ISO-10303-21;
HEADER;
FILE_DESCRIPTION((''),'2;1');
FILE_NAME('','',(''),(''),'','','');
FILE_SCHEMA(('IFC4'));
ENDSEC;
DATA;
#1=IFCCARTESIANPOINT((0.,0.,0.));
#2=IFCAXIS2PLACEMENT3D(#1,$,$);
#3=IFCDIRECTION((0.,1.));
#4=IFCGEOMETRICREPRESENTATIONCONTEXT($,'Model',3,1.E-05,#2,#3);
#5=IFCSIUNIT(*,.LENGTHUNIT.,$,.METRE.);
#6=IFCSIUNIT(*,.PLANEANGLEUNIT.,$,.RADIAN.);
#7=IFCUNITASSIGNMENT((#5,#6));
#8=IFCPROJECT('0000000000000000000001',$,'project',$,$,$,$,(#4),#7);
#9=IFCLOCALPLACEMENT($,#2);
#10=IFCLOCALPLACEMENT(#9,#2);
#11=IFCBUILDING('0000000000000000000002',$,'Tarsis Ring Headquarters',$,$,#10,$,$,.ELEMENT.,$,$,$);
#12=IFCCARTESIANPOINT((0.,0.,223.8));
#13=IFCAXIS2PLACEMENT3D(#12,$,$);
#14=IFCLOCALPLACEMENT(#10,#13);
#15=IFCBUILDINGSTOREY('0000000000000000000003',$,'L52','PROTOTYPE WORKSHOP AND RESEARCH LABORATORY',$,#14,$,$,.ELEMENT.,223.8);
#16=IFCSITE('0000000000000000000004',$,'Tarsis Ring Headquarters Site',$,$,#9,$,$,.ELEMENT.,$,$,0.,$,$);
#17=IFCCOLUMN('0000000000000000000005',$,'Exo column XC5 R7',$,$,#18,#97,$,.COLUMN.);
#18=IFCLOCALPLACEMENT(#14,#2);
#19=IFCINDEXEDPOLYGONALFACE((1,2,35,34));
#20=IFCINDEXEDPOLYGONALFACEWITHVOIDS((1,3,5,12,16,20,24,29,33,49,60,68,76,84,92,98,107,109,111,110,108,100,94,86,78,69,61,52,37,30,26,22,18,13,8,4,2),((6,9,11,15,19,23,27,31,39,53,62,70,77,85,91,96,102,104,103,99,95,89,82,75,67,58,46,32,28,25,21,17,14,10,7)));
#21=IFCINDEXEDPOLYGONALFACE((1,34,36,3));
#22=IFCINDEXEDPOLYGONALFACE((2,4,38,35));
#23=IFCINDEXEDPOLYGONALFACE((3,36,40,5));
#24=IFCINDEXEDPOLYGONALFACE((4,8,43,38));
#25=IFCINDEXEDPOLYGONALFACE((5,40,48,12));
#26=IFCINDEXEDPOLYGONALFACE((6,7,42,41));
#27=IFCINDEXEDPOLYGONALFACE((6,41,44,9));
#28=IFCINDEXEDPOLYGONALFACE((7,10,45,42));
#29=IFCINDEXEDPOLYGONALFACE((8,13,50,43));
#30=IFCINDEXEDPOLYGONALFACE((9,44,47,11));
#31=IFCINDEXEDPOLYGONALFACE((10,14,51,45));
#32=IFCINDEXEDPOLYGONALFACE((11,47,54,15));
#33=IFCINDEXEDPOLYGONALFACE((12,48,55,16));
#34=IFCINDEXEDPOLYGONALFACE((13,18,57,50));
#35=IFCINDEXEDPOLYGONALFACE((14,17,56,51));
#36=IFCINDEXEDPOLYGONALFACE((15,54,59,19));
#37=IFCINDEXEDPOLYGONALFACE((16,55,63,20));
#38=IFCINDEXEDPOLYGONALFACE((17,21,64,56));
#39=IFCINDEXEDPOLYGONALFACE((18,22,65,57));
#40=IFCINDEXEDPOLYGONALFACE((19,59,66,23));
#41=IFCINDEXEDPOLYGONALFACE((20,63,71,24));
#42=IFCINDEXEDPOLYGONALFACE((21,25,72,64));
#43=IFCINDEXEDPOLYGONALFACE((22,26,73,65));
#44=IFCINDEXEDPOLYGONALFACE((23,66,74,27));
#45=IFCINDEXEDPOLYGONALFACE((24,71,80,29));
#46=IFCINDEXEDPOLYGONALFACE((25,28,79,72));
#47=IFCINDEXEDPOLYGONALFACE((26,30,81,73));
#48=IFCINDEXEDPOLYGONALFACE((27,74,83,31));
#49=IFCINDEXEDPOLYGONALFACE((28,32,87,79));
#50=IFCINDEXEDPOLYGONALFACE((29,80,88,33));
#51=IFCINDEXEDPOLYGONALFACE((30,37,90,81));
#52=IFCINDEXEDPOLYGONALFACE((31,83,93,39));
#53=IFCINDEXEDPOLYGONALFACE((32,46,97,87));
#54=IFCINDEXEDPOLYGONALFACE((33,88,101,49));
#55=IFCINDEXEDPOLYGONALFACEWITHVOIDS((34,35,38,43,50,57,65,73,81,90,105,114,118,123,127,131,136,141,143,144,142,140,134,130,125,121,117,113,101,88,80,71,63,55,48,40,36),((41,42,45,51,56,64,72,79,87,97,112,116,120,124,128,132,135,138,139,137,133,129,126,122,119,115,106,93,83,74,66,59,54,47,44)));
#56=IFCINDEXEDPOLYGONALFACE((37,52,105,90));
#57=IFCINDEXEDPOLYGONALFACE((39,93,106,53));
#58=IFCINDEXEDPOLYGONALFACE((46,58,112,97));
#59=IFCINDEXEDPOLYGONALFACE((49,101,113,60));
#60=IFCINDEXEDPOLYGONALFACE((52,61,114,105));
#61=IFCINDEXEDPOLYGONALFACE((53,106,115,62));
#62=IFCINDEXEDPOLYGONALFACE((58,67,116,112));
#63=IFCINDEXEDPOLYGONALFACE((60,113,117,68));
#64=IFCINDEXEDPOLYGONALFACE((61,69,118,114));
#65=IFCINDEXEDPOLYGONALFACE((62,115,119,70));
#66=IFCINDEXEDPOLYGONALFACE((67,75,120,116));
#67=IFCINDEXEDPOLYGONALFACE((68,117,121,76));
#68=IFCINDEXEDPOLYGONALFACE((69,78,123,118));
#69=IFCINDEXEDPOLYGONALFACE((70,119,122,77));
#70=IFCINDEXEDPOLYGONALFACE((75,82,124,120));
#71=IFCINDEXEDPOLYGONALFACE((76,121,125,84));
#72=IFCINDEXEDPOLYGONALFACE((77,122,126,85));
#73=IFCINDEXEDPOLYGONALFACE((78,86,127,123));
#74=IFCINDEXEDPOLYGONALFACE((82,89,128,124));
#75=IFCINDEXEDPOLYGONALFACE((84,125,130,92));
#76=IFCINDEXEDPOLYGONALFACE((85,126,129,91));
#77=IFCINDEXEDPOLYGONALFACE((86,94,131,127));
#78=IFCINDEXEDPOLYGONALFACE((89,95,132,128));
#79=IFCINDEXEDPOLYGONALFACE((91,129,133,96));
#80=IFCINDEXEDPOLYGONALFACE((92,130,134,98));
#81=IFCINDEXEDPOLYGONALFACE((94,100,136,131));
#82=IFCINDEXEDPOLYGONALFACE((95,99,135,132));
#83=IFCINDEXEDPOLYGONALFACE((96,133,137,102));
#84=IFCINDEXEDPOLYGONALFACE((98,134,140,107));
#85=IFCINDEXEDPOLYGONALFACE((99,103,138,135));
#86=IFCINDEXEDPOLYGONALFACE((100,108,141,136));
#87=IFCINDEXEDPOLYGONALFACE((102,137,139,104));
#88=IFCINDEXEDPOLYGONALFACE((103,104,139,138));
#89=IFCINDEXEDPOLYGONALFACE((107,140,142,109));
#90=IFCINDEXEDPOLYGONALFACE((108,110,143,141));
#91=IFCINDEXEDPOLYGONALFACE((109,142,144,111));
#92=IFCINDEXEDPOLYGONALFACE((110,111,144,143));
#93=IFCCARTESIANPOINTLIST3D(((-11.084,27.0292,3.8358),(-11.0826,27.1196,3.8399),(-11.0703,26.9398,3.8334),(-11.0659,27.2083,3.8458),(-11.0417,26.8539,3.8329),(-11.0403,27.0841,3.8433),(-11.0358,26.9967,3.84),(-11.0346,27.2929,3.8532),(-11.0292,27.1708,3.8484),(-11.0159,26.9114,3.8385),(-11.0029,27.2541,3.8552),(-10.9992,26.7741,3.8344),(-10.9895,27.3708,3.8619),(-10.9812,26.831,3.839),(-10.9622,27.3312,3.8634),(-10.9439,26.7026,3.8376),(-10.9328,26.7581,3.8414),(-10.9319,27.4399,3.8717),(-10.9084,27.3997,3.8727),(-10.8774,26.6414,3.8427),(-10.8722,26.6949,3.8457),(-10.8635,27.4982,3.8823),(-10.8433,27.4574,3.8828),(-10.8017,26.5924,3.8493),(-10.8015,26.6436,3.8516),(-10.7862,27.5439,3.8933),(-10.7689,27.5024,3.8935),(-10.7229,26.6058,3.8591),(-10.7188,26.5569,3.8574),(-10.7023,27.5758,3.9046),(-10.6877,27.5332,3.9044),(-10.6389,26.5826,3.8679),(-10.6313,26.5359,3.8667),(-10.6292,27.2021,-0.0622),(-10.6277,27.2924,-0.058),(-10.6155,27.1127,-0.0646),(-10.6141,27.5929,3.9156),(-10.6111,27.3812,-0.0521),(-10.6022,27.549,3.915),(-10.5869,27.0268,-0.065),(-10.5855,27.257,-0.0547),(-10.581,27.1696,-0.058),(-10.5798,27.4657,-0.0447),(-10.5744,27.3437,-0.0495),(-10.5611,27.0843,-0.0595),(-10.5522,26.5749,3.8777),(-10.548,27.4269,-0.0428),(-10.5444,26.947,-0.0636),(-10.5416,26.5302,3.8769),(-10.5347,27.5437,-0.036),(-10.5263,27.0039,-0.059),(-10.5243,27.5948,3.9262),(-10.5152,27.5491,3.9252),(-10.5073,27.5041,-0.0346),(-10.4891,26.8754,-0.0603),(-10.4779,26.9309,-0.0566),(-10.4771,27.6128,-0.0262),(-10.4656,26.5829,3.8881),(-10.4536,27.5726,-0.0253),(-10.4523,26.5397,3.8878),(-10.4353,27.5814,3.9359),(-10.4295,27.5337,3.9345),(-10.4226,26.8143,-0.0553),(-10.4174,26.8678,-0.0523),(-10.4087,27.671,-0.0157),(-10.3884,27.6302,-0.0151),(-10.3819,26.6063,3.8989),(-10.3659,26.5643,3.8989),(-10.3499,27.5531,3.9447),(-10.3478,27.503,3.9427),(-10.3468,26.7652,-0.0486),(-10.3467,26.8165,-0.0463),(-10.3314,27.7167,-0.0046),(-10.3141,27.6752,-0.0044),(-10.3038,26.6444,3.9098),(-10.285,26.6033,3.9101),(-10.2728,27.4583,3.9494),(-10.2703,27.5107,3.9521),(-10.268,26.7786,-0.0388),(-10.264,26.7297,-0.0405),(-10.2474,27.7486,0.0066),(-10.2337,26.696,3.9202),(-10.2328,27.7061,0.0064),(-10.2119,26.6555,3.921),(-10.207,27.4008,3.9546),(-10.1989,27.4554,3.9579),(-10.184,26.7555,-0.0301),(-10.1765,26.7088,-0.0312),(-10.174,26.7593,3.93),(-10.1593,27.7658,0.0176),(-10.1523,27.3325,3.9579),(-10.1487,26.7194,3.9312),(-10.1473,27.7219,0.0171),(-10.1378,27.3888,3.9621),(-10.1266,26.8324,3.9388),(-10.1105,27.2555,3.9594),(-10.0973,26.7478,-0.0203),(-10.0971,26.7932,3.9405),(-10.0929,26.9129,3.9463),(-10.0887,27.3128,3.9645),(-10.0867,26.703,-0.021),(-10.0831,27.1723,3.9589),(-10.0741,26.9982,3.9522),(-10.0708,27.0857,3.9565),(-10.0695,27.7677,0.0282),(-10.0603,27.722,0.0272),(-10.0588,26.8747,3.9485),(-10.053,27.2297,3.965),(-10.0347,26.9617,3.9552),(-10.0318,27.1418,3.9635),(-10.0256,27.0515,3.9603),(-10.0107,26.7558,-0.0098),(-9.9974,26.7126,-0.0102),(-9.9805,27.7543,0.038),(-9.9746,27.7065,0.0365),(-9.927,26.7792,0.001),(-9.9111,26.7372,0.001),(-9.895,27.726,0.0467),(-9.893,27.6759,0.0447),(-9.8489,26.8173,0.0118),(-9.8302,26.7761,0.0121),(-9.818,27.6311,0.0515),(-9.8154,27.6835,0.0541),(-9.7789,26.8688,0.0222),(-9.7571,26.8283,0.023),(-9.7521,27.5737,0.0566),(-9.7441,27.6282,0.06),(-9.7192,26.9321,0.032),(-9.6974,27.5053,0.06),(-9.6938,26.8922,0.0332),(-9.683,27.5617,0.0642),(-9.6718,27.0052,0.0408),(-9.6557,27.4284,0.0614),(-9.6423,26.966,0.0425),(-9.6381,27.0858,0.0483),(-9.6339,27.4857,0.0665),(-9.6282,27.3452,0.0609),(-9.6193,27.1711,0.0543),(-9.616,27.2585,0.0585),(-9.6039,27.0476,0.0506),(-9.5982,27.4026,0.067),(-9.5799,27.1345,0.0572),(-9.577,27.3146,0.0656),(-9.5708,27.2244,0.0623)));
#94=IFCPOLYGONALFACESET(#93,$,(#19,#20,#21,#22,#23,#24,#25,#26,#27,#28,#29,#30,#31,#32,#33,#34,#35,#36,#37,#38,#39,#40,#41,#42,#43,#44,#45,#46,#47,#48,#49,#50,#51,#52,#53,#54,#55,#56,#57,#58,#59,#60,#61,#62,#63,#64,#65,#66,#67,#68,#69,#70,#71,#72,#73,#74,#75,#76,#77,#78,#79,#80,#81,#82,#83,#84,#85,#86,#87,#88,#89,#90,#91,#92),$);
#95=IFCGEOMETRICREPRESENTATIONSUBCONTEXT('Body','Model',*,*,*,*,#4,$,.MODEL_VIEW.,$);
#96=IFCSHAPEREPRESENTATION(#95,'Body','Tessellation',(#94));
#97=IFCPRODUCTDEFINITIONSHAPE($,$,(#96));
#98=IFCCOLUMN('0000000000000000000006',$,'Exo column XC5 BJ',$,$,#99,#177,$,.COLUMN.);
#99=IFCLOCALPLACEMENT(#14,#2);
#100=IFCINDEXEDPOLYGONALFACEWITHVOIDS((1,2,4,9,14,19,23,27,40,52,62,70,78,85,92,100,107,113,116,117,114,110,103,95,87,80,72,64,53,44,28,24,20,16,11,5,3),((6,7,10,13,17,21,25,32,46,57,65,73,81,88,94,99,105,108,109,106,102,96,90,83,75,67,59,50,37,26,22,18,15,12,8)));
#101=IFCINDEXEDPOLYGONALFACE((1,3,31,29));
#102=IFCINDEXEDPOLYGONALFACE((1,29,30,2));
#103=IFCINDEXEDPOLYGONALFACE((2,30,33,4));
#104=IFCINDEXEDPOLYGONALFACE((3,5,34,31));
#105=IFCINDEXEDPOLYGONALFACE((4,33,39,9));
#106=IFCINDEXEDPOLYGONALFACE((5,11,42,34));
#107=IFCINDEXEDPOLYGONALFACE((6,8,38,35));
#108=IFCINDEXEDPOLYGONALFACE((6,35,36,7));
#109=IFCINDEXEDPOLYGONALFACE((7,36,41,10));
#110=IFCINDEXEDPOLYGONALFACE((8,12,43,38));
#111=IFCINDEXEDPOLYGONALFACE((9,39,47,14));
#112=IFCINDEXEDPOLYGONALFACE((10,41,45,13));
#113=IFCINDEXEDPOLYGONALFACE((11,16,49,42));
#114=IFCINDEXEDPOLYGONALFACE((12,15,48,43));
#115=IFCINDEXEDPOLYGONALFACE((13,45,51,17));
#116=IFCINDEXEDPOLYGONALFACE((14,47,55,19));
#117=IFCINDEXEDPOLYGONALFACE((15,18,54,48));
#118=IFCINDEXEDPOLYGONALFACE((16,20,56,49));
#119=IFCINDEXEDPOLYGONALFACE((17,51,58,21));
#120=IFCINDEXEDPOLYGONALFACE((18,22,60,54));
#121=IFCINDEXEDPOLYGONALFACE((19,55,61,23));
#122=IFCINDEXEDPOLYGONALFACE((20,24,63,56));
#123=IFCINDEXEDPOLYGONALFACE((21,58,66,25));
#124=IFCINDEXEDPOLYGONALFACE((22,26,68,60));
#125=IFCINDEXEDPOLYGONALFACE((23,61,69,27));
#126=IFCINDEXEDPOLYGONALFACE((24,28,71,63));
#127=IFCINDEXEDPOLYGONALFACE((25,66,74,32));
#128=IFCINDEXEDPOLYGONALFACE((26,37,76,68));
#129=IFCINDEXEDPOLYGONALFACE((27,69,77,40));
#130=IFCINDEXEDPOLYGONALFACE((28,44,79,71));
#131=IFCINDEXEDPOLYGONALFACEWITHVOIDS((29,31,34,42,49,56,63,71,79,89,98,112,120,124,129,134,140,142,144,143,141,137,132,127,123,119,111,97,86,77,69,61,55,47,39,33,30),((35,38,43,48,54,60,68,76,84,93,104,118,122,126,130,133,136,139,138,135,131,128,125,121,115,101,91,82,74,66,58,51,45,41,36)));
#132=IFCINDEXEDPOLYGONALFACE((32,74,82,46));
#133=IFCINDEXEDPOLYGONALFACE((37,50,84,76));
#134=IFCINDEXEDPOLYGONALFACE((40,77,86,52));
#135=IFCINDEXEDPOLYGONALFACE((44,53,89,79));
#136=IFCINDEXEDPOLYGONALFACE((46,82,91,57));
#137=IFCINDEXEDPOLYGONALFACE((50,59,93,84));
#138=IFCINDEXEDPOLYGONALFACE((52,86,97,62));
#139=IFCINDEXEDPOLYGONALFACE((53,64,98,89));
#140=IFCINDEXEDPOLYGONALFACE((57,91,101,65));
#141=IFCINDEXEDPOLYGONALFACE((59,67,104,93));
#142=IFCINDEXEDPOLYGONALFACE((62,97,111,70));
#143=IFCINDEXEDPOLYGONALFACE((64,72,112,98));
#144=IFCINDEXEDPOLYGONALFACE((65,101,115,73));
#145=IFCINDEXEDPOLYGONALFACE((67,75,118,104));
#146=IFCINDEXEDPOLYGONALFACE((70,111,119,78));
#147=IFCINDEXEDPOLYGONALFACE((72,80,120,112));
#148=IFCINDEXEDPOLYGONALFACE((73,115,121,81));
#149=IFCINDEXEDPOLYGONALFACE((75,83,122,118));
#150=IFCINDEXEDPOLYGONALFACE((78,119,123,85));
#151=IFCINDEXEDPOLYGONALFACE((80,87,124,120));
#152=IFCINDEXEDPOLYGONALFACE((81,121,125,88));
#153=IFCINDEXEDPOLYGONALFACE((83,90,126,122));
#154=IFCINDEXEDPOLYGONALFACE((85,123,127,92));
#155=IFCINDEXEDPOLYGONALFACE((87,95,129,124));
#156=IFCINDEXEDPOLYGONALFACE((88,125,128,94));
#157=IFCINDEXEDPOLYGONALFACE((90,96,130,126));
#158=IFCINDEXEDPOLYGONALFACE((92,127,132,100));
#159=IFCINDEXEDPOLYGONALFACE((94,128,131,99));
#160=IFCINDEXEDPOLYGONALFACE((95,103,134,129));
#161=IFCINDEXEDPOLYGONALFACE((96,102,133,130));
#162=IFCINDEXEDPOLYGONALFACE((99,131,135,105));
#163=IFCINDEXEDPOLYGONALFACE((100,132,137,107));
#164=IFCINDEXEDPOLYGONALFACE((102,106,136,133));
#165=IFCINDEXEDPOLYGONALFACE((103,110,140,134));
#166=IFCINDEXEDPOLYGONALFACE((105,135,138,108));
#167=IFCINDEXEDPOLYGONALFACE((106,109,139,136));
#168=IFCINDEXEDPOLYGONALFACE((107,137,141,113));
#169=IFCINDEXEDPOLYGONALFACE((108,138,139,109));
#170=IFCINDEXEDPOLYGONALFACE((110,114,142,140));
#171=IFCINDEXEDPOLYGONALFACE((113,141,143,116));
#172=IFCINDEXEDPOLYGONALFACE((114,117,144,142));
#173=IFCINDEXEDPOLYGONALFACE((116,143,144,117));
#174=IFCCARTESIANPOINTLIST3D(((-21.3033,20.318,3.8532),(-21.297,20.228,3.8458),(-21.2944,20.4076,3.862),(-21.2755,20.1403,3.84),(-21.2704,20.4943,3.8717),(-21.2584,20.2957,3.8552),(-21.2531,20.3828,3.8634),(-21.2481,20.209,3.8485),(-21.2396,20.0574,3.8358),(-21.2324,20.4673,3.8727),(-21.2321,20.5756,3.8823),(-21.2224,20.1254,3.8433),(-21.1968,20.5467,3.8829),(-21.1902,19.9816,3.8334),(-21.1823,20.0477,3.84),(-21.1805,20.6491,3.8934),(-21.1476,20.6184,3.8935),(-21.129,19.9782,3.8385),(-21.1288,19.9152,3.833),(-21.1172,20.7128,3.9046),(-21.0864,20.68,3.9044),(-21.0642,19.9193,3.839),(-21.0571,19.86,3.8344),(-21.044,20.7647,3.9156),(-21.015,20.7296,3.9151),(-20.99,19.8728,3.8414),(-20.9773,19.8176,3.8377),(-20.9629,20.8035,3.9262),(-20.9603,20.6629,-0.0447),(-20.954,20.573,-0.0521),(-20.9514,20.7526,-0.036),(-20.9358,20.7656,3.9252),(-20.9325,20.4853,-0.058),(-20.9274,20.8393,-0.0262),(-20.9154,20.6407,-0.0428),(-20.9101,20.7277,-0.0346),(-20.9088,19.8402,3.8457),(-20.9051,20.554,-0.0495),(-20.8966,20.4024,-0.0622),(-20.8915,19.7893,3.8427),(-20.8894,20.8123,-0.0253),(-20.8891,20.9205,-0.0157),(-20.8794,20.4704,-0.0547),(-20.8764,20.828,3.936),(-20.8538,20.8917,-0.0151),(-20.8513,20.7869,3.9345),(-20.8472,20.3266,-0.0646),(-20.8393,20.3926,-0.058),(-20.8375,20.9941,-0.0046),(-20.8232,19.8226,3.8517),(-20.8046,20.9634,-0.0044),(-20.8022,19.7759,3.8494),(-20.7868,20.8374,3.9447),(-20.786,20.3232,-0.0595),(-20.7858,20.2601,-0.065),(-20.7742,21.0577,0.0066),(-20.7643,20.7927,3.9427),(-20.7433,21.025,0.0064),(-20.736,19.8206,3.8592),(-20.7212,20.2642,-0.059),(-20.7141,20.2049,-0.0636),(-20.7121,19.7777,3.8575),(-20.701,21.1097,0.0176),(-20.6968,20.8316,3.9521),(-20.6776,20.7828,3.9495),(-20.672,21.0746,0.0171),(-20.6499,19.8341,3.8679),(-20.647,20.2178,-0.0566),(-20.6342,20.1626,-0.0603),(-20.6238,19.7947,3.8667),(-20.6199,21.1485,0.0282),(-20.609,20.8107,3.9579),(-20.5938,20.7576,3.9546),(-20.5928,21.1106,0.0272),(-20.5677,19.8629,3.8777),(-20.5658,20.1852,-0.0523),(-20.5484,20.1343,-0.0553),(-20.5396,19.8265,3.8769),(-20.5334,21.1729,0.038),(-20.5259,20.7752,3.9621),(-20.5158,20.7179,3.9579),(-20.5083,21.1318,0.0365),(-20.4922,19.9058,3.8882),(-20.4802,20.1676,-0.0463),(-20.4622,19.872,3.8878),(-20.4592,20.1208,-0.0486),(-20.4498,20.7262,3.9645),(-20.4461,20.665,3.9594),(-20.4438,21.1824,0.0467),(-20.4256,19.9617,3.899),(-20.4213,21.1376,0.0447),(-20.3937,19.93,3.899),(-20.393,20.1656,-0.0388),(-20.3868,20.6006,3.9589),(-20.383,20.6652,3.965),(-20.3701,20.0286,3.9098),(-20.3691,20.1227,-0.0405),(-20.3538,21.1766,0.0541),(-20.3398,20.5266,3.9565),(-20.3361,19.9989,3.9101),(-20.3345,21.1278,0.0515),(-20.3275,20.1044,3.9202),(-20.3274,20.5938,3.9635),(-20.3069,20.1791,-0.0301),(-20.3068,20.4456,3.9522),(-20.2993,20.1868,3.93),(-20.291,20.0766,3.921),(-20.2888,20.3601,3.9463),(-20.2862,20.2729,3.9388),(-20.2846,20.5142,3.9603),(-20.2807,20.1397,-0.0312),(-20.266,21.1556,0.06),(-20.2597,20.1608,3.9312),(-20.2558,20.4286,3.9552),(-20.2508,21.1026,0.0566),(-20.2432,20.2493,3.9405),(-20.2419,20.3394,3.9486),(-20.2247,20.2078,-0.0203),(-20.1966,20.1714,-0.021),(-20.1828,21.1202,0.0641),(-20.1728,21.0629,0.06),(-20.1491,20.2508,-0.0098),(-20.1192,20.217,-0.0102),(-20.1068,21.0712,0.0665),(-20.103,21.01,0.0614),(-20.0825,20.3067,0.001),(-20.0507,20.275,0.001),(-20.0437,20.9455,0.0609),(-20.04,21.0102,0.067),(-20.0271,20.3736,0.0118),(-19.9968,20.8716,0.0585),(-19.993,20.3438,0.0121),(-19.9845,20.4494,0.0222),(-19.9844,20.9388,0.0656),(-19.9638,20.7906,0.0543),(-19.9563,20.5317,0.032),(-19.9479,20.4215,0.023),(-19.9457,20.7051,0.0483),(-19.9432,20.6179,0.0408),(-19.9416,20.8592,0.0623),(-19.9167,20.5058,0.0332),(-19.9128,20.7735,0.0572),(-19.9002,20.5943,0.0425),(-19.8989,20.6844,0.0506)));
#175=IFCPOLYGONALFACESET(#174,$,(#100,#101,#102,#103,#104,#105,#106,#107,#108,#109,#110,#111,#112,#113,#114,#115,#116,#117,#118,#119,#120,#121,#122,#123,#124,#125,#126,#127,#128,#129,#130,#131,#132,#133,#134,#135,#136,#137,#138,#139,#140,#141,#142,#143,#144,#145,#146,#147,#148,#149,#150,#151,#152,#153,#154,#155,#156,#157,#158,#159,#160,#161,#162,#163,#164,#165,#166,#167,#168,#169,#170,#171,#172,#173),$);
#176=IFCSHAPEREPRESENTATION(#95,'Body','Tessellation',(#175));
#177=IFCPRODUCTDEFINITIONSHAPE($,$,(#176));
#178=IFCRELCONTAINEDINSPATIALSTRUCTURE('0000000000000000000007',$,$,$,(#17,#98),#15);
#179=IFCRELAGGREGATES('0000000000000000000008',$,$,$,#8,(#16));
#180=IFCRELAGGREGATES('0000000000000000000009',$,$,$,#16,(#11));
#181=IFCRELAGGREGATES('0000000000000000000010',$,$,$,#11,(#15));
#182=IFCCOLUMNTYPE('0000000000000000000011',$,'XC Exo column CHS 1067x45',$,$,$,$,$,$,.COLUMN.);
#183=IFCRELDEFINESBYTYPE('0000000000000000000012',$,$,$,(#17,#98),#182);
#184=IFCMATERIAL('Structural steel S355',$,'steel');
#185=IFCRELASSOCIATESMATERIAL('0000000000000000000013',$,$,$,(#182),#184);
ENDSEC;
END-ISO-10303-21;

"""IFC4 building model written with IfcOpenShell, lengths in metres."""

from ifc_helpers import new_model, si_unit, direction, frame, origin, origin_2d, place, context, subcontext, project, spatial, hollow_circle, extrude, material, material_profile, profile_set, type_object, element, save


model = new_model("IFC4")

# Units and contexts
model_context = context("Model", 3, precision=1e-05, world=origin(), true_north=direction((0.0, 1.0)))
body_context = subcontext(model_context, "Body", "Model", "MODEL_VIEW")
ifc_project = project(units=[si_unit("LENGTHUNIT", "METRE"), si_unit("PLANEANGLEUNIT", "RADIAN")], contexts=[model_context])

# Site, building, storey
site_placement = place(None, origin())
site = spatial("IfcSite", under=ifc_project, at=site_placement, Name="Tarsis Ring Headquarters Site", CompositionType="ELEMENT", RefElevation=0.0)
building_placement = place(site_placement, origin())
building = spatial("IfcBuilding", under=site, at=building_placement, Name="Tarsis Ring Headquarters", CompositionType="ELEMENT")
storey_placement = place(building_placement, frame((0.0, 0.0, 223.8)))
storey = spatial("IfcBuildingStorey", under=building, at=storey_placement, Name="L52", Description="PROTOTYPE WORKSHOP AND RESEARCH LABORATORY", CompositionType="ELEMENT", Elevation=223.8)

# Columns
ifc_material_1 = material(Name="Structural steel S355", Category="steel")
ifc_material_profile_1 = material_profile(ifc_material_1, hollow_circle(Radius=0.5334, WallThickness=0.0449, at=origin_2d()), Name="CHS 1067x45")
ifc_profile_set_1 = profile_set([ifc_material_profile_1], Name="Structural steel S355")
column_type = type_object("IfcColumnType", Name="XC Exo column CHS 1067x45", PredefinedType="COLUMN", material=ifc_profile_set_1)
for number, where, z_axis, x_axis, name in (
    (1, (-10.1006, 27.2358, 0.001), (-0.115787, -0.044003, 0.992299), (0.355244, -0.934774, 0.0), "Exo column XC5 R7"),
    (2, (-20.429, 20.6511, 0.001), (-0.087322, -0.087819, 0.992302), (0.709111, -0.705097, 0.0), "Exo column XC5 BJ"),
):
    element("IfcColumn", number, at=place(storey_placement, frame(where, z_axis=z_axis, x_axis=x_axis)), inside=storey, type_object=column_type, Name=name, PredefinedType="COLUMN", context=body_context, shape_type="SweptSolid", body=[
        extrude(hollow_circle(Radius=0.5334, WallThickness=0.0449, at=origin_2d()), origin(), (0.0, 0.0, 1.0), 3.9282),
    ])

save(model, "model.ifc")
